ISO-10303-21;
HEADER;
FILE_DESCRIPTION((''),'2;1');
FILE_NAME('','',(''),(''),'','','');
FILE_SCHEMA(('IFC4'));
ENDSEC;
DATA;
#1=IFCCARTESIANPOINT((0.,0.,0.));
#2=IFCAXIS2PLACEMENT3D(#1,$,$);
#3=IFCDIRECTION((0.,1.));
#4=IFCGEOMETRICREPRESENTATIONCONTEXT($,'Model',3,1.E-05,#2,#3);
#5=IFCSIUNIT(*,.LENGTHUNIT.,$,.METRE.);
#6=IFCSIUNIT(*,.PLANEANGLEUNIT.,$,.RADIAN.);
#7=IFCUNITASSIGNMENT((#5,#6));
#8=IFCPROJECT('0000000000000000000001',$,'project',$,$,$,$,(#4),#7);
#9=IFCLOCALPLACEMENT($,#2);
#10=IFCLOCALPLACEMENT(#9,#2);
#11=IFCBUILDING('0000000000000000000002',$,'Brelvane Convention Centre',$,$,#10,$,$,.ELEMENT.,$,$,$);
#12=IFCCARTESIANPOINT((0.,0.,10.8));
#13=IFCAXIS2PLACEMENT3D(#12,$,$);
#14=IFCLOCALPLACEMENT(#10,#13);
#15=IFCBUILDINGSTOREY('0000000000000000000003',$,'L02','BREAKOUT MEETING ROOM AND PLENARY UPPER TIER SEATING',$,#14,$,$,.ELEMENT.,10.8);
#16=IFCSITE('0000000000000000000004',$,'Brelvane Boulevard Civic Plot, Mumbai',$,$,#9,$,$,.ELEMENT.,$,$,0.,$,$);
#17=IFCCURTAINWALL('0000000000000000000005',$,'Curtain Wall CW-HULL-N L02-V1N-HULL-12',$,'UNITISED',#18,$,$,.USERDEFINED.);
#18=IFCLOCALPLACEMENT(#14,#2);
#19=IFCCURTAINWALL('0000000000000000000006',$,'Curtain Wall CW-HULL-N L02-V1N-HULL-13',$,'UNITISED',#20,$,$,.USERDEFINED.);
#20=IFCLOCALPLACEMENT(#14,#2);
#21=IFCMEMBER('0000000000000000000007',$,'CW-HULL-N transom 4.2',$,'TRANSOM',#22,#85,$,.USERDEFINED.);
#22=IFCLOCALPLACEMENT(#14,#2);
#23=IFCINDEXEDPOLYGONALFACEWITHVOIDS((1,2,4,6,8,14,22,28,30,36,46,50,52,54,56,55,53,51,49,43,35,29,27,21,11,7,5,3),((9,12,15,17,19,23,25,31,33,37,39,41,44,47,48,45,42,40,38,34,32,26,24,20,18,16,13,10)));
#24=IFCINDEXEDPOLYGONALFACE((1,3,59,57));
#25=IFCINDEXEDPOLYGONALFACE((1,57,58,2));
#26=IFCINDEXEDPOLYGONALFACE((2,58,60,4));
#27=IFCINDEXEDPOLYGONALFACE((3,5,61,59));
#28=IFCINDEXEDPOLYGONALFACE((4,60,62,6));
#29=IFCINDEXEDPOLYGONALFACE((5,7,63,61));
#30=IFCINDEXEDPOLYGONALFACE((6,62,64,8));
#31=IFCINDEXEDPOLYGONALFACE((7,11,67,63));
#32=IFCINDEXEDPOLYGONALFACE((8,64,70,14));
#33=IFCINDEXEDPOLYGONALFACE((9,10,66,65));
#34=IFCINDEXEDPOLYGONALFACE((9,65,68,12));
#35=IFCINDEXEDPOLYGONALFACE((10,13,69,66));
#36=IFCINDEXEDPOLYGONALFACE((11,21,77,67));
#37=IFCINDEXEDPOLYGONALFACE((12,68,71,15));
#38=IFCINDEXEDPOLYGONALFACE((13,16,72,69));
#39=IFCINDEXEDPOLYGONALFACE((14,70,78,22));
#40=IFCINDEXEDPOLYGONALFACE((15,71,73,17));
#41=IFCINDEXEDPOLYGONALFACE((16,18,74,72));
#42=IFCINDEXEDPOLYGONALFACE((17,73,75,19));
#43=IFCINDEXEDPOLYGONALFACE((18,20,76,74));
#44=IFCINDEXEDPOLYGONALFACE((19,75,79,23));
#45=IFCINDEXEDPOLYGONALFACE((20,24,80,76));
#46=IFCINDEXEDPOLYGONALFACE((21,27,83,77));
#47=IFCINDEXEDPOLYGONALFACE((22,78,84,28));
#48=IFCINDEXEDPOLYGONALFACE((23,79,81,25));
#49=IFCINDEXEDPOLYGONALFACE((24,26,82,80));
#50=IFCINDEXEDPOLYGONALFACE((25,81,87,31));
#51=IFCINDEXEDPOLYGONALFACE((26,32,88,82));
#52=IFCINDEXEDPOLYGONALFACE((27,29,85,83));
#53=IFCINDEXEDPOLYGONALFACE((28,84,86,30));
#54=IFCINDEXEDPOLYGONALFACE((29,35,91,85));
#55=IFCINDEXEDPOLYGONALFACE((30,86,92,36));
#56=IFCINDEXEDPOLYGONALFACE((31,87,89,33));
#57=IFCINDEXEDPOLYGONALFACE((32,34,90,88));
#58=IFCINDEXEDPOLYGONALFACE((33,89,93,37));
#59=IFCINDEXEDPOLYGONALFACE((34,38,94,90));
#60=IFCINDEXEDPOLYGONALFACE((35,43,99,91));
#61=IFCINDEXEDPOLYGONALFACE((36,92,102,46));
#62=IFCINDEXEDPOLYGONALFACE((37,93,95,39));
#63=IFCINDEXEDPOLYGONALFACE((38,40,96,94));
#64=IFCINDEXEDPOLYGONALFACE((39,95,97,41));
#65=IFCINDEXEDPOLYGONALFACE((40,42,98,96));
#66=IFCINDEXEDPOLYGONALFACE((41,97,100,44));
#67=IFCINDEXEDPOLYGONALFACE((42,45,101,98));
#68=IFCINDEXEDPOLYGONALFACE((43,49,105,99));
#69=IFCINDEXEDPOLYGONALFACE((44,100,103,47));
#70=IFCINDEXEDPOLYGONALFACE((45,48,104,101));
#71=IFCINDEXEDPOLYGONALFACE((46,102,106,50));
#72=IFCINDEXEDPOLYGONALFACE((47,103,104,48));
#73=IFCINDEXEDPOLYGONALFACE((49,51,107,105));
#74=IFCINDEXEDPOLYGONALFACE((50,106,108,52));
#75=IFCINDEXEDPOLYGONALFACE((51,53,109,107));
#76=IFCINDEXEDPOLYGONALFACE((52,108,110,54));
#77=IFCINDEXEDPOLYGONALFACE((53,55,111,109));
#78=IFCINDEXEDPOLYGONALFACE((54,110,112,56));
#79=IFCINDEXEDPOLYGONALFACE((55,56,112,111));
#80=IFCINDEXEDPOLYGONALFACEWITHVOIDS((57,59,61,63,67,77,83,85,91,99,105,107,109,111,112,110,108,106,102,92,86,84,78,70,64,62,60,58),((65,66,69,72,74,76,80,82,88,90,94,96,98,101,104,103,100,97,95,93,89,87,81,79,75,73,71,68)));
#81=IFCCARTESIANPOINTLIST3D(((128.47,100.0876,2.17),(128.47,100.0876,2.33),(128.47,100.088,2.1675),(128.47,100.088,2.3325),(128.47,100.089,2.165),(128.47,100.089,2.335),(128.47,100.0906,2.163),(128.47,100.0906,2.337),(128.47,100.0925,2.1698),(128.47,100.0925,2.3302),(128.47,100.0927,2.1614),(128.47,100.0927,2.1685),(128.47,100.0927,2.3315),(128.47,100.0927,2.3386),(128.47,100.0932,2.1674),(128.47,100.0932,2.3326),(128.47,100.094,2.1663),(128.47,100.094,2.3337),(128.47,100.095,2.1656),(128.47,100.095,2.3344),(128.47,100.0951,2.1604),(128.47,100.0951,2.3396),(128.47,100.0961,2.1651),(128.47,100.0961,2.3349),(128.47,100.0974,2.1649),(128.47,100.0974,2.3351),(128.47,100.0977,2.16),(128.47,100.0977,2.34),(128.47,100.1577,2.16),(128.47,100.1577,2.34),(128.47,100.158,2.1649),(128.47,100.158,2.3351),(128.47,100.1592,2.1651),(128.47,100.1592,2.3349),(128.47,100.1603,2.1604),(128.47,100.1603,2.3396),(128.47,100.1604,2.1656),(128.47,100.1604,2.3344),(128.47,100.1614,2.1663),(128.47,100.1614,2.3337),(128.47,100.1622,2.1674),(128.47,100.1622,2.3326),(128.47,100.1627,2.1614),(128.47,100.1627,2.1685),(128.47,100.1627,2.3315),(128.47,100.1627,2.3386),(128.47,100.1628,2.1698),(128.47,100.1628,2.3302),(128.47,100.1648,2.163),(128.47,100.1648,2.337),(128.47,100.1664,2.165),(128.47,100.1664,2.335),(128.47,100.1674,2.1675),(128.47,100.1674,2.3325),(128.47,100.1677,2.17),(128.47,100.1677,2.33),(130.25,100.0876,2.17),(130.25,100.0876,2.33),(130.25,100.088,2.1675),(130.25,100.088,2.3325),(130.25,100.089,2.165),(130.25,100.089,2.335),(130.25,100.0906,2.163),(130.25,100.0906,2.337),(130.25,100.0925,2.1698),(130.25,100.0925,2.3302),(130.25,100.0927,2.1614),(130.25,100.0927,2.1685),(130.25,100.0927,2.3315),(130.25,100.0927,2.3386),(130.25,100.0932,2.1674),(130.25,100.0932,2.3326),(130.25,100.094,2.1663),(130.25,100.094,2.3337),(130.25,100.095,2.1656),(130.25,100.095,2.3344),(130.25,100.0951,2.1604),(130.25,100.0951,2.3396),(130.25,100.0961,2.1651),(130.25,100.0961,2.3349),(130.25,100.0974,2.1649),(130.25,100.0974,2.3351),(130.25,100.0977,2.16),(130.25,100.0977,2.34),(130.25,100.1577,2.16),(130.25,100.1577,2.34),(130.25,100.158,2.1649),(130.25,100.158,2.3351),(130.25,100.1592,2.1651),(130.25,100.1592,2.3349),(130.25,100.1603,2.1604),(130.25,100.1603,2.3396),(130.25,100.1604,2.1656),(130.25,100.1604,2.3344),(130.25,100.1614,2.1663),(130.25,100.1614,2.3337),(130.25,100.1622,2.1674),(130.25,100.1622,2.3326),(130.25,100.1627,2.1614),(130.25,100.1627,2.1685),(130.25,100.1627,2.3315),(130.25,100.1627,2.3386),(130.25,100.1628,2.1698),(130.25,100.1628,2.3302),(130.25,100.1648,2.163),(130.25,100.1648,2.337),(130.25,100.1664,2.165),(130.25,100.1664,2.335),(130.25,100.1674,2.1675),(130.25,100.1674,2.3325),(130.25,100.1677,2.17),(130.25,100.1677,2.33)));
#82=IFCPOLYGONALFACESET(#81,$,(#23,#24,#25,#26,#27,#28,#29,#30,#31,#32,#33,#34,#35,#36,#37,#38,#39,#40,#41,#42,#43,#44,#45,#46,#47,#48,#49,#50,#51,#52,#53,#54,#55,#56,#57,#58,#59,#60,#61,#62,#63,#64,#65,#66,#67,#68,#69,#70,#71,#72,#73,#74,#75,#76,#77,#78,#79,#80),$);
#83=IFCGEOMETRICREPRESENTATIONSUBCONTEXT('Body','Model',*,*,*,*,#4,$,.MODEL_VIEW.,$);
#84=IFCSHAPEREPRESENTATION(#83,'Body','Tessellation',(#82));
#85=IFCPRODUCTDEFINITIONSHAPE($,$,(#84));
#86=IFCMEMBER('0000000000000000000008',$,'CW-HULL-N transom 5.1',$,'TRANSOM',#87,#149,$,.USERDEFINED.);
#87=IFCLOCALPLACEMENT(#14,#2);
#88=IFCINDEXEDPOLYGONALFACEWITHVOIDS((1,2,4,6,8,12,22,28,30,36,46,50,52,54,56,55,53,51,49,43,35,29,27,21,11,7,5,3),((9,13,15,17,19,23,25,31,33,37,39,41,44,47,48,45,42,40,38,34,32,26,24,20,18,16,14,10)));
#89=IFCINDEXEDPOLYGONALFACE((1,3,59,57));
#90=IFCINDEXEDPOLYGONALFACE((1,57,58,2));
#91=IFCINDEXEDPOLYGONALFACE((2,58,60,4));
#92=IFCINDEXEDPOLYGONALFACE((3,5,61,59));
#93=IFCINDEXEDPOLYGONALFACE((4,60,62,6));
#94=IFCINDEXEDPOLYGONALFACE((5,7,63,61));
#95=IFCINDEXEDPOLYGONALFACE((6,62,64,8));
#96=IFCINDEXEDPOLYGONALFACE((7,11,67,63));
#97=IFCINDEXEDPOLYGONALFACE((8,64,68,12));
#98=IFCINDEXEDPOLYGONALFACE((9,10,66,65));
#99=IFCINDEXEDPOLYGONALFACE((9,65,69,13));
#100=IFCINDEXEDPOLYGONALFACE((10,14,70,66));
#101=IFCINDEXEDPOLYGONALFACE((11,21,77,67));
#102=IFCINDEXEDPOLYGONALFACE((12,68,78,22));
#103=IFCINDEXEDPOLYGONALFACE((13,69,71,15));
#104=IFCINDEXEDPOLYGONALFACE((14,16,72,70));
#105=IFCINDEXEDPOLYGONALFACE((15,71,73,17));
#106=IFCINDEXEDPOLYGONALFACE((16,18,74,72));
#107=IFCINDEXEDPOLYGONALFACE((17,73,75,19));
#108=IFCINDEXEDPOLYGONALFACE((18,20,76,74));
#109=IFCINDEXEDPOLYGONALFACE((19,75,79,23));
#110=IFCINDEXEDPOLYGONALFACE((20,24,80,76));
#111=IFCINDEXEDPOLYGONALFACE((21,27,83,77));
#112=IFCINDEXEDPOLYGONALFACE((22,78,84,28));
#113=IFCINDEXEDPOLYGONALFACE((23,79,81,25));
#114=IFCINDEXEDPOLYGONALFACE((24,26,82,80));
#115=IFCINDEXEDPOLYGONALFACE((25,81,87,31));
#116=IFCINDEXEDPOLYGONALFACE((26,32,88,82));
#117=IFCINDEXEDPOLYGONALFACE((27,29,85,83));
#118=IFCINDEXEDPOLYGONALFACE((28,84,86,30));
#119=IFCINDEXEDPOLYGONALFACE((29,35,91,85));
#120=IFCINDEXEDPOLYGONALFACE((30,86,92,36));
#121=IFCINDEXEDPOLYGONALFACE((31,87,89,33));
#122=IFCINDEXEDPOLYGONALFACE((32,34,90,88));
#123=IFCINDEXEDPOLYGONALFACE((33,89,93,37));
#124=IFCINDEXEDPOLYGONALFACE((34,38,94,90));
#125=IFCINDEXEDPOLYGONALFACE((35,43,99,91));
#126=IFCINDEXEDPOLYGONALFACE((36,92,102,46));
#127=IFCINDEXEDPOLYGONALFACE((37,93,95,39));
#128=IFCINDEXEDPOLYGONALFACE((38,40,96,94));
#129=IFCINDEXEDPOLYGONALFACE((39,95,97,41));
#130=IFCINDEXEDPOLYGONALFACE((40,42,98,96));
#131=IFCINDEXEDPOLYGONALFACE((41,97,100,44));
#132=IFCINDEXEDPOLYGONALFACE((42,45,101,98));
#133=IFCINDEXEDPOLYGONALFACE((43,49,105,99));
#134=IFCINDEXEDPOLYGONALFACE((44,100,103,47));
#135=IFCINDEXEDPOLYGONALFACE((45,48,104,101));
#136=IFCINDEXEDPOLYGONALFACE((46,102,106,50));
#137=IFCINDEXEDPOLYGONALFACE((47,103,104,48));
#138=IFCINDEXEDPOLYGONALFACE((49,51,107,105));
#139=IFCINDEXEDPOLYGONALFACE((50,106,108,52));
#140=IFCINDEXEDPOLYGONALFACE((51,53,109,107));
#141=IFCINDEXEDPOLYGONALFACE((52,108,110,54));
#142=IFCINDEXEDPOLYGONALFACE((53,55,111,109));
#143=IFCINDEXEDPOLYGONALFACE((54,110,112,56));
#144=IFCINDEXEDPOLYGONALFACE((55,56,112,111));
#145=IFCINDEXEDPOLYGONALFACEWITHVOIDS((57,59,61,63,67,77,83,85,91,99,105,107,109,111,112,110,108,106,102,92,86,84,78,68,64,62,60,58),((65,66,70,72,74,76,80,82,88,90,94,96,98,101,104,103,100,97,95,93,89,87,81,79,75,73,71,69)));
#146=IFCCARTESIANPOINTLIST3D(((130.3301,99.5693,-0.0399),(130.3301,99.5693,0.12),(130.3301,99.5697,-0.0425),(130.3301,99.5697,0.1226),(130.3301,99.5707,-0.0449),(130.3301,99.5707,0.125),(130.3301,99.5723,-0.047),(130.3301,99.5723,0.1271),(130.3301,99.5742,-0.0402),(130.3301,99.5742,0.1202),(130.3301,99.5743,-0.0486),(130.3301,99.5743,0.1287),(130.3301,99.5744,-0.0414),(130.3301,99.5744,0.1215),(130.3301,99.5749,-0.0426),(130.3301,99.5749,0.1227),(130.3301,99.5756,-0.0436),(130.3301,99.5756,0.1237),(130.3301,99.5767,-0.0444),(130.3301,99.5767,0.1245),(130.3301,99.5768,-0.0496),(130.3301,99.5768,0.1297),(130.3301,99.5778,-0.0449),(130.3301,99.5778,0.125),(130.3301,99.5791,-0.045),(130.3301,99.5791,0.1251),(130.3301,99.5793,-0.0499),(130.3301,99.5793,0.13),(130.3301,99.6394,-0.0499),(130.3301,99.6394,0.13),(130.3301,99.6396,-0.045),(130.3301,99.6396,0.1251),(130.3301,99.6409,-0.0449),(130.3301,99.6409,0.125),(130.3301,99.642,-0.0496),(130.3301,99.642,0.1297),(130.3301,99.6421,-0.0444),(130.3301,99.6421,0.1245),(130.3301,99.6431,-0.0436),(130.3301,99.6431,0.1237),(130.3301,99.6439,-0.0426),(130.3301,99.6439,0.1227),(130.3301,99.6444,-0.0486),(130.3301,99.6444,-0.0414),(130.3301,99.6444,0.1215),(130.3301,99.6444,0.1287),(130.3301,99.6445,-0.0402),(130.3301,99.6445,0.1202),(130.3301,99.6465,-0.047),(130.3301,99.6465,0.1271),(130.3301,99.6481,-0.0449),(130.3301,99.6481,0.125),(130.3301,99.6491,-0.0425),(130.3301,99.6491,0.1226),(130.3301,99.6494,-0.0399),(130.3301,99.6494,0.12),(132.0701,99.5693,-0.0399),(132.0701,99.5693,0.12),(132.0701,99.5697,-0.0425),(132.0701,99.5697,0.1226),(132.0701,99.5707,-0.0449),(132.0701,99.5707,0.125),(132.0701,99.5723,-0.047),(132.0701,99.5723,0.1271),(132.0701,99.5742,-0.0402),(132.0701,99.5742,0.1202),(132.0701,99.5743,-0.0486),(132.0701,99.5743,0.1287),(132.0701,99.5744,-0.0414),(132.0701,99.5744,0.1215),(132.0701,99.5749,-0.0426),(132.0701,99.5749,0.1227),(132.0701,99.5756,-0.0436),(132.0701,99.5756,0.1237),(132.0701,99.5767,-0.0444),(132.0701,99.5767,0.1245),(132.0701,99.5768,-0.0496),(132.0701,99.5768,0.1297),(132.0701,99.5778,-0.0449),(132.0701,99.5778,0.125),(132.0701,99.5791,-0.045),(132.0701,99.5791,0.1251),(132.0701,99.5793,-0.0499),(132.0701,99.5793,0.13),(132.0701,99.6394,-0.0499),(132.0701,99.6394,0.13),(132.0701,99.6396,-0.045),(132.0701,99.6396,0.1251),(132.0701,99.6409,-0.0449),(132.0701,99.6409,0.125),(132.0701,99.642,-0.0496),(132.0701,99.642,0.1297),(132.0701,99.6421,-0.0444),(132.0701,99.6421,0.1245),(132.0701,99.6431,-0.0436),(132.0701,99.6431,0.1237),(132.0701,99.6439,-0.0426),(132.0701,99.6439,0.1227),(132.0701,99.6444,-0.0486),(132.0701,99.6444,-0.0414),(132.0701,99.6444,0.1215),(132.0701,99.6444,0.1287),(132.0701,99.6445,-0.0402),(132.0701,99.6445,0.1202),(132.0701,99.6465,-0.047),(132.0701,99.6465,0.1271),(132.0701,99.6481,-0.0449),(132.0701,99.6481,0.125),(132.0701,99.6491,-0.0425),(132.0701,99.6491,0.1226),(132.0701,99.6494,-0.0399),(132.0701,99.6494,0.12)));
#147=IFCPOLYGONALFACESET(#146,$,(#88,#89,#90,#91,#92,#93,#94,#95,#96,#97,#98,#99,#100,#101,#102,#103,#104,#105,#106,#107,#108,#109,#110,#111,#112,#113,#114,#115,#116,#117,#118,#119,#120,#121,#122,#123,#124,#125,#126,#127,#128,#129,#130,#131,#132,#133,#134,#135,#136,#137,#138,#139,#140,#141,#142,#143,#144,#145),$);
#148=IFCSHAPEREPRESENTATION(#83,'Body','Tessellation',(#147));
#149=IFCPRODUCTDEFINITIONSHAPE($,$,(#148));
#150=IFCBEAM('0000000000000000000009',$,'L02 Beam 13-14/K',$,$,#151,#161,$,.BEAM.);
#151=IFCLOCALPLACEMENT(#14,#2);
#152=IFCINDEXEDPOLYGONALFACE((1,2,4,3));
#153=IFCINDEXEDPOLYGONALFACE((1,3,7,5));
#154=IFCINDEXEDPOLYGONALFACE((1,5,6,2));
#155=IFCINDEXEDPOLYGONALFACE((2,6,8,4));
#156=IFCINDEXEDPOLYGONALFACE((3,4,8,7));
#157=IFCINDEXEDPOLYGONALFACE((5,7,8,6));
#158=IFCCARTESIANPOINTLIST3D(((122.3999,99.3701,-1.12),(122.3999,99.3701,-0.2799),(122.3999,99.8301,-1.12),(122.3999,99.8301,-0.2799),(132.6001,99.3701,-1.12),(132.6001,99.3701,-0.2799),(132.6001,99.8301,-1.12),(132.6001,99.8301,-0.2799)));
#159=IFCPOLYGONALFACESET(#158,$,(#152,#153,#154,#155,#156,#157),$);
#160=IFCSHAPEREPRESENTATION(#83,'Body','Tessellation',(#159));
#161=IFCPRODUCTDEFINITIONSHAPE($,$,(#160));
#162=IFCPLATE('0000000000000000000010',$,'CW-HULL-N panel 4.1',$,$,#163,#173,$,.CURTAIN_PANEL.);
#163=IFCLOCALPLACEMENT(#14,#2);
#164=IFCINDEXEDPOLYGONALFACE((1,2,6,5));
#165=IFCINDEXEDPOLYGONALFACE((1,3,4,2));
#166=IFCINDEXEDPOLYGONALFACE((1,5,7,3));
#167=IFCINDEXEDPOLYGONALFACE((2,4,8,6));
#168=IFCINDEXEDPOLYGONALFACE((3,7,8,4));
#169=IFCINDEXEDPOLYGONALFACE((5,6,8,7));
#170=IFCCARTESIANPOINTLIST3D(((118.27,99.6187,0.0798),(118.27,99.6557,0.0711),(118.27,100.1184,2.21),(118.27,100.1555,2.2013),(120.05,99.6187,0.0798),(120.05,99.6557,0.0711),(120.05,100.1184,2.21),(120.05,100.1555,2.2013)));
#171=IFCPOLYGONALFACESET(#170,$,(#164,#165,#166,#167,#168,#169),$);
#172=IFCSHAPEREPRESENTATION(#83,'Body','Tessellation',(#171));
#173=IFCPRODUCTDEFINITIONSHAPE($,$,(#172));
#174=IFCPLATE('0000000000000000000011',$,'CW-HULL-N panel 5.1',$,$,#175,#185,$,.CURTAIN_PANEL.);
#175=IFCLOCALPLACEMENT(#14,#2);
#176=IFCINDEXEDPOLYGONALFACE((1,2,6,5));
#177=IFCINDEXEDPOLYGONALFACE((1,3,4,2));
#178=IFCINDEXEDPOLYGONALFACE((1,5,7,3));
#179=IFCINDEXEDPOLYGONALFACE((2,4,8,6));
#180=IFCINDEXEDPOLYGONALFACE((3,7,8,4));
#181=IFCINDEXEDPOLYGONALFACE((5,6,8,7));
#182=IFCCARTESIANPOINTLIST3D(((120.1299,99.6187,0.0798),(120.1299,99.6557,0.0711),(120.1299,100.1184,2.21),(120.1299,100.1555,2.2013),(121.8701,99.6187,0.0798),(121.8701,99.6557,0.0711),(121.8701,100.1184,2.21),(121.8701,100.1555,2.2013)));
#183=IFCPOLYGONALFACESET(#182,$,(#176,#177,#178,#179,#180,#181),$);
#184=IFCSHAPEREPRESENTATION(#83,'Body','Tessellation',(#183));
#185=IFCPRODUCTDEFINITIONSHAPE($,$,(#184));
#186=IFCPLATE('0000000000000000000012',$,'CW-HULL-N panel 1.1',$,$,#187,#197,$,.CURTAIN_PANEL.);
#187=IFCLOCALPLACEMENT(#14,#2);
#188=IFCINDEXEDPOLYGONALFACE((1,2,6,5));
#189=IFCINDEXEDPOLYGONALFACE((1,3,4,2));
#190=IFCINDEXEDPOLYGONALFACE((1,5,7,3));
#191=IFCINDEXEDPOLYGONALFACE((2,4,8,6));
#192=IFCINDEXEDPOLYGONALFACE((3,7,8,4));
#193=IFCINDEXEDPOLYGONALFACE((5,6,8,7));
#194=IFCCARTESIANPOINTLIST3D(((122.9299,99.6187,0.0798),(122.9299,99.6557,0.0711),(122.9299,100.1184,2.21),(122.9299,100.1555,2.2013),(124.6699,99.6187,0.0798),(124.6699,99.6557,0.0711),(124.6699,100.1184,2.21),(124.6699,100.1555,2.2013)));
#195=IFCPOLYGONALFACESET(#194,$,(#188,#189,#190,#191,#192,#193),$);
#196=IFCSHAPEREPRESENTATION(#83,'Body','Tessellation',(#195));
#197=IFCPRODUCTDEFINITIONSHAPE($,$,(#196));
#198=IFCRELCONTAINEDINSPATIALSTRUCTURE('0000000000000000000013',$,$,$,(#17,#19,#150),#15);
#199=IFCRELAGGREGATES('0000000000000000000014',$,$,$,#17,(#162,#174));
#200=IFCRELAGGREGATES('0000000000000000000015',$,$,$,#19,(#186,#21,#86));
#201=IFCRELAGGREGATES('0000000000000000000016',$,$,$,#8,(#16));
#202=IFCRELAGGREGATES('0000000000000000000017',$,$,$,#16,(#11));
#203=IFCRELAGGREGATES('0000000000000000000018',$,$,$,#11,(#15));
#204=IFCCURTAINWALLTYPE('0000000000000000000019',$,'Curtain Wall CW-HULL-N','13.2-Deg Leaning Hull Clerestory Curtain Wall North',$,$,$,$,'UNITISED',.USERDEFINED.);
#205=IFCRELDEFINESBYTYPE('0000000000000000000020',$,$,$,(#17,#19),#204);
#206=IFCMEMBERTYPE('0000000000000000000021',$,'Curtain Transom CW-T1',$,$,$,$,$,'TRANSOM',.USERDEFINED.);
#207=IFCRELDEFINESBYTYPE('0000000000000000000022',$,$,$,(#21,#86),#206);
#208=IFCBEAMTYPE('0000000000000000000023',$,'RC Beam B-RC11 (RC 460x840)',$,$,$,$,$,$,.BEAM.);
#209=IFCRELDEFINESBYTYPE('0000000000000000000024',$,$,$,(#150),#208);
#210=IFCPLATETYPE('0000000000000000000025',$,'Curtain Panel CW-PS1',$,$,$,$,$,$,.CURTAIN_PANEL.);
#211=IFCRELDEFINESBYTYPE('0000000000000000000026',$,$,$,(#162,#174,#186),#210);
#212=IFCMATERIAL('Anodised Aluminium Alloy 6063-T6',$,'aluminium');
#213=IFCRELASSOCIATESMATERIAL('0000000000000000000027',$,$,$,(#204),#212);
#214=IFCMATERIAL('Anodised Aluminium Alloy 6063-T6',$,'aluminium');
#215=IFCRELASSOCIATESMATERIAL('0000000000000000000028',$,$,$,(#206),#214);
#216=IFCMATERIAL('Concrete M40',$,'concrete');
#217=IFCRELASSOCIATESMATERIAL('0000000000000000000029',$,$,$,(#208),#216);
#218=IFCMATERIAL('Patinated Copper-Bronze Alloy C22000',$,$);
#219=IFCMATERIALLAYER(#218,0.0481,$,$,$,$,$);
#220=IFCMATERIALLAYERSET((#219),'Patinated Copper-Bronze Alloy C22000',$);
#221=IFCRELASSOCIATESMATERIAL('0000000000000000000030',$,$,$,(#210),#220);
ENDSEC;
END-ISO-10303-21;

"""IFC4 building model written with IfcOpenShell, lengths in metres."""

from ifc_helpers import new_model, si_unit, direction, frame, origin, origin_2d, place, context, subcontext, project, spatial, polyline, rectangle, hollow_rectangle, outline, extrude, material, layer, layer_set, material_profile, profile_set, type_object, element, aggregate, save


model = new_model("IFC4")

# Units and contexts
model_context = context("Model", 3, precision=1e-05, world=origin(), true_north=direction((0.0, 1.0)))
body_context = subcontext(model_context, "Body", "Model", "MODEL_VIEW")
ifc_project = project(units=[si_unit("LENGTHUNIT", "METRE"), si_unit("PLANEANGLEUNIT", "RADIAN")], contexts=[model_context])

# Site, building, storey
site_placement = place(None, origin())
site = spatial("IfcSite", under=ifc_project, at=site_placement, Name="Brelvane Boulevard Civic Plot, Mumbai", CompositionType="ELEMENT", RefElevation=0.0)
building_placement = place(site_placement, origin())
building = spatial("IfcBuilding", under=site, at=building_placement, Name="Brelvane Convention Centre", CompositionType="ELEMENT")
storey_placement = place(building_placement, frame((0.0, 0.0, 10.8)))
storey = spatial("IfcBuildingStorey", under=building, at=storey_placement, Name="L02", Description="BREAKOUT MEETING ROOM AND PLENARY UPPER TIER SEATING", CompositionType="ELEMENT", Elevation=10.8)

# Curtain walls
ifc_material_1 = material(Name="Anodised Aluminium Alloy 6063-T6", Category="aluminium")
curtain_wall_type = type_object("IfcCurtainWallType", Name="Curtain Wall CW-HULL-N", Description="13.2-Deg Leaning Hull Clerestory Curtain Wall North", ElementType="UNITISED", PredefinedType="USERDEFINED", material=ifc_material_1)
curtain_wall_1_placement = place(storey_placement, origin())
curtain_wall_1 = element("IfcCurtainWall", 1, at=curtain_wall_1_placement, inside=storey, type_object=curtain_wall_type, Name="Curtain Wall CW-HULL-N L02-V1N-HULL-12", ObjectType="UNITISED", PredefinedType="USERDEFINED")
curtain_wall_2_placement = place(storey_placement, origin())
curtain_wall_2 = element("IfcCurtainWall", 2, at=curtain_wall_2_placement, inside=storey, type_object=curtain_wall_type, Name="Curtain Wall CW-HULL-N L02-V1N-HULL-13", ObjectType="UNITISED", PredefinedType="USERDEFINED")

# Members
ifc_material_2 = material(Name="Anodised Aluminium Alloy 6063-T6", Category="aluminium")
ifc_material_profile_1 = material_profile(ifc_material_2, hollow_rectangle(XDim=0.0801, YDim=0.1799, WallThickness=0.0049, InnerFilletRadius=0.0049, OuterFilletRadius=0.01, at=origin_2d()), Name="ALU-T 180x80x5.0")
ifc_profile_set_1 = profile_set([ifc_material_profile_1], Name="Anodised Aluminium Alloy 6063-T6")
member_type_1 = type_object("IfcMemberType", Name="Curtain Transom CW-T1", ElementType="TRANSOM", PredefinedType="USERDEFINED", material=ifc_profile_set_1)
member_1_placement = place(storey_placement, frame((128.47, 100.1277, 2.25), z_axis=(1.0, 0.0, 0.0), x_axis=(0.0, 1.0, 0.0)))
member_1 = element("IfcMember", 3, at=member_1_placement, type_object=member_type_1, Name="CW-HULL-N transom 4.2", ObjectType="TRANSOM", PredefinedType="USERDEFINED", context=body_context, shape_type="SweptSolid", body=[
    extrude(hollow_rectangle(XDim=0.0801, YDim=0.1799, WallThickness=0.0049, InnerFilletRadius=0.0049, OuterFilletRadius=0.01, at=origin_2d()), origin(), (0.0, 0.0, 1.0), 1.78),
])
member_2_placement = place(storey_placement, frame((130.3301, 99.6094, 0.04), z_axis=(1.0, 0.0, 0.0), x_axis=(0.0, 1.0, 0.0)))
member_2 = element("IfcMember", 4, at=member_2_placement, type_object=member_type_1, Name="CW-HULL-N transom 5.1", ObjectType="TRANSOM", PredefinedType="USERDEFINED", context=body_context, shape_type="SweptSolid", body=[
    extrude(hollow_rectangle(XDim=0.0801, YDim=0.1799, WallThickness=0.0049, InnerFilletRadius=0.0049, OuterFilletRadius=0.01, at=origin_2d()), origin(), (0.0, 0.0, 1.0), 1.74),
])

# Beam
ifc_material_3 = material(Name="Concrete M40", Category="concrete")
ifc_material_profile_2 = material_profile(ifc_material_3, rectangle(XDim=0.46, YDim=0.8401, at=origin_2d()), Name="RC 460x840")
ifc_profile_set_2 = profile_set([ifc_material_profile_2], Name="Concrete M40")
beam_type = type_object("IfcBeamType", Name="RC Beam B-RC11 (RC 460x840)", PredefinedType="BEAM", material=ifc_profile_set_2)
beam_placement = place(storey_placement, frame((122.3999, 99.6001, -0.7), z_axis=(1.0, 0.0, 0.0), x_axis=(0.0, 1.0, 0.0)))
element("IfcBeam", 5, at=beam_placement, inside=storey, type_object=beam_type, Name="L02 Beam 13-14/K", PredefinedType="BEAM", context=body_context, shape_type="SweptSolid", body=[
    extrude(rectangle(XDim=0.46, YDim=0.8401, at=origin_2d()), origin(), (0.0, 0.0, 1.0), 10.2002),
])

# Plates
ifc_material_4 = material(Name="Patinated Copper-Bronze Alloy C22000")
ifc_layer = layer(ifc_material_4, 0.0481)
ifc_layer_set = layer_set([ifc_layer], Name="Patinated Copper-Bronze Alloy C22000")
plate_type = type_object("IfcPlateType", Name="Curtain Panel CW-PS1", PredefinedType="CURTAIN_PANEL", material=ifc_layer_set)
plate_1_placement = place(storey_placement, frame((118.27, 99.6187, 0.0798), z_axis=(0.0, -0.973565, 0.228411), x_axis=(1.0, 0.0, 0.0)))
plate_1 = element("IfcPlate", 6, at=plate_1_placement, type_object=plate_type, Name="CW-HULL-N panel 4.1", PredefinedType="CURTAIN_PANEL", context=body_context, shape_type="SweptSolid", body=[
    extrude(outline(polyline([(0.0, 0.0), (1.78, 0.0), (1.78, 2.188), (0.0, 2.188), (0.0, 0.0)])), origin(), (0.0, 0.0, -1.0), 0.0381),
])
plate_2_placement = place(storey_placement, frame((120.1299, 99.6187, 0.0798), z_axis=(0.0, -0.973565, 0.228411), x_axis=(1.0, 0.0, 0.0)))
plate_2 = element("IfcPlate", 7, at=plate_2_placement, type_object=plate_type, Name="CW-HULL-N panel 5.1", PredefinedType="CURTAIN_PANEL", context=body_context, shape_type="SweptSolid", body=[
    extrude(outline(polyline([(0.0, 0.0), (1.7402, 0.0), (1.7402, 2.188), (0.0, 2.188), (0.0, 0.0)])), origin(), (0.0, 0.0, -1.0), 0.0381),
])
aggregate(curtain_wall_1, [plate_1, plate_2])
plate_3_placement = place(storey_placement, frame((122.9299, 99.6187, 0.0798), z_axis=(0.0, -0.973565, 0.228411), x_axis=(1.0, 0.0, 0.0)))
plate_3 = element("IfcPlate", 8, at=plate_3_placement, type_object=plate_type, Name="CW-HULL-N panel 1.1", PredefinedType="CURTAIN_PANEL", context=body_context, shape_type="SweptSolid", body=[
    extrude(outline(polyline([(0.0, 0.0), (1.74, 0.0), (1.74, 2.188), (0.0, 2.188), (0.0, 0.0)])), origin(), (0.0, 0.0, -1.0), 0.0381),
])
aggregate(curtain_wall_2, [plate_3, member_1, member_2])

save(model, "model.ifc")
